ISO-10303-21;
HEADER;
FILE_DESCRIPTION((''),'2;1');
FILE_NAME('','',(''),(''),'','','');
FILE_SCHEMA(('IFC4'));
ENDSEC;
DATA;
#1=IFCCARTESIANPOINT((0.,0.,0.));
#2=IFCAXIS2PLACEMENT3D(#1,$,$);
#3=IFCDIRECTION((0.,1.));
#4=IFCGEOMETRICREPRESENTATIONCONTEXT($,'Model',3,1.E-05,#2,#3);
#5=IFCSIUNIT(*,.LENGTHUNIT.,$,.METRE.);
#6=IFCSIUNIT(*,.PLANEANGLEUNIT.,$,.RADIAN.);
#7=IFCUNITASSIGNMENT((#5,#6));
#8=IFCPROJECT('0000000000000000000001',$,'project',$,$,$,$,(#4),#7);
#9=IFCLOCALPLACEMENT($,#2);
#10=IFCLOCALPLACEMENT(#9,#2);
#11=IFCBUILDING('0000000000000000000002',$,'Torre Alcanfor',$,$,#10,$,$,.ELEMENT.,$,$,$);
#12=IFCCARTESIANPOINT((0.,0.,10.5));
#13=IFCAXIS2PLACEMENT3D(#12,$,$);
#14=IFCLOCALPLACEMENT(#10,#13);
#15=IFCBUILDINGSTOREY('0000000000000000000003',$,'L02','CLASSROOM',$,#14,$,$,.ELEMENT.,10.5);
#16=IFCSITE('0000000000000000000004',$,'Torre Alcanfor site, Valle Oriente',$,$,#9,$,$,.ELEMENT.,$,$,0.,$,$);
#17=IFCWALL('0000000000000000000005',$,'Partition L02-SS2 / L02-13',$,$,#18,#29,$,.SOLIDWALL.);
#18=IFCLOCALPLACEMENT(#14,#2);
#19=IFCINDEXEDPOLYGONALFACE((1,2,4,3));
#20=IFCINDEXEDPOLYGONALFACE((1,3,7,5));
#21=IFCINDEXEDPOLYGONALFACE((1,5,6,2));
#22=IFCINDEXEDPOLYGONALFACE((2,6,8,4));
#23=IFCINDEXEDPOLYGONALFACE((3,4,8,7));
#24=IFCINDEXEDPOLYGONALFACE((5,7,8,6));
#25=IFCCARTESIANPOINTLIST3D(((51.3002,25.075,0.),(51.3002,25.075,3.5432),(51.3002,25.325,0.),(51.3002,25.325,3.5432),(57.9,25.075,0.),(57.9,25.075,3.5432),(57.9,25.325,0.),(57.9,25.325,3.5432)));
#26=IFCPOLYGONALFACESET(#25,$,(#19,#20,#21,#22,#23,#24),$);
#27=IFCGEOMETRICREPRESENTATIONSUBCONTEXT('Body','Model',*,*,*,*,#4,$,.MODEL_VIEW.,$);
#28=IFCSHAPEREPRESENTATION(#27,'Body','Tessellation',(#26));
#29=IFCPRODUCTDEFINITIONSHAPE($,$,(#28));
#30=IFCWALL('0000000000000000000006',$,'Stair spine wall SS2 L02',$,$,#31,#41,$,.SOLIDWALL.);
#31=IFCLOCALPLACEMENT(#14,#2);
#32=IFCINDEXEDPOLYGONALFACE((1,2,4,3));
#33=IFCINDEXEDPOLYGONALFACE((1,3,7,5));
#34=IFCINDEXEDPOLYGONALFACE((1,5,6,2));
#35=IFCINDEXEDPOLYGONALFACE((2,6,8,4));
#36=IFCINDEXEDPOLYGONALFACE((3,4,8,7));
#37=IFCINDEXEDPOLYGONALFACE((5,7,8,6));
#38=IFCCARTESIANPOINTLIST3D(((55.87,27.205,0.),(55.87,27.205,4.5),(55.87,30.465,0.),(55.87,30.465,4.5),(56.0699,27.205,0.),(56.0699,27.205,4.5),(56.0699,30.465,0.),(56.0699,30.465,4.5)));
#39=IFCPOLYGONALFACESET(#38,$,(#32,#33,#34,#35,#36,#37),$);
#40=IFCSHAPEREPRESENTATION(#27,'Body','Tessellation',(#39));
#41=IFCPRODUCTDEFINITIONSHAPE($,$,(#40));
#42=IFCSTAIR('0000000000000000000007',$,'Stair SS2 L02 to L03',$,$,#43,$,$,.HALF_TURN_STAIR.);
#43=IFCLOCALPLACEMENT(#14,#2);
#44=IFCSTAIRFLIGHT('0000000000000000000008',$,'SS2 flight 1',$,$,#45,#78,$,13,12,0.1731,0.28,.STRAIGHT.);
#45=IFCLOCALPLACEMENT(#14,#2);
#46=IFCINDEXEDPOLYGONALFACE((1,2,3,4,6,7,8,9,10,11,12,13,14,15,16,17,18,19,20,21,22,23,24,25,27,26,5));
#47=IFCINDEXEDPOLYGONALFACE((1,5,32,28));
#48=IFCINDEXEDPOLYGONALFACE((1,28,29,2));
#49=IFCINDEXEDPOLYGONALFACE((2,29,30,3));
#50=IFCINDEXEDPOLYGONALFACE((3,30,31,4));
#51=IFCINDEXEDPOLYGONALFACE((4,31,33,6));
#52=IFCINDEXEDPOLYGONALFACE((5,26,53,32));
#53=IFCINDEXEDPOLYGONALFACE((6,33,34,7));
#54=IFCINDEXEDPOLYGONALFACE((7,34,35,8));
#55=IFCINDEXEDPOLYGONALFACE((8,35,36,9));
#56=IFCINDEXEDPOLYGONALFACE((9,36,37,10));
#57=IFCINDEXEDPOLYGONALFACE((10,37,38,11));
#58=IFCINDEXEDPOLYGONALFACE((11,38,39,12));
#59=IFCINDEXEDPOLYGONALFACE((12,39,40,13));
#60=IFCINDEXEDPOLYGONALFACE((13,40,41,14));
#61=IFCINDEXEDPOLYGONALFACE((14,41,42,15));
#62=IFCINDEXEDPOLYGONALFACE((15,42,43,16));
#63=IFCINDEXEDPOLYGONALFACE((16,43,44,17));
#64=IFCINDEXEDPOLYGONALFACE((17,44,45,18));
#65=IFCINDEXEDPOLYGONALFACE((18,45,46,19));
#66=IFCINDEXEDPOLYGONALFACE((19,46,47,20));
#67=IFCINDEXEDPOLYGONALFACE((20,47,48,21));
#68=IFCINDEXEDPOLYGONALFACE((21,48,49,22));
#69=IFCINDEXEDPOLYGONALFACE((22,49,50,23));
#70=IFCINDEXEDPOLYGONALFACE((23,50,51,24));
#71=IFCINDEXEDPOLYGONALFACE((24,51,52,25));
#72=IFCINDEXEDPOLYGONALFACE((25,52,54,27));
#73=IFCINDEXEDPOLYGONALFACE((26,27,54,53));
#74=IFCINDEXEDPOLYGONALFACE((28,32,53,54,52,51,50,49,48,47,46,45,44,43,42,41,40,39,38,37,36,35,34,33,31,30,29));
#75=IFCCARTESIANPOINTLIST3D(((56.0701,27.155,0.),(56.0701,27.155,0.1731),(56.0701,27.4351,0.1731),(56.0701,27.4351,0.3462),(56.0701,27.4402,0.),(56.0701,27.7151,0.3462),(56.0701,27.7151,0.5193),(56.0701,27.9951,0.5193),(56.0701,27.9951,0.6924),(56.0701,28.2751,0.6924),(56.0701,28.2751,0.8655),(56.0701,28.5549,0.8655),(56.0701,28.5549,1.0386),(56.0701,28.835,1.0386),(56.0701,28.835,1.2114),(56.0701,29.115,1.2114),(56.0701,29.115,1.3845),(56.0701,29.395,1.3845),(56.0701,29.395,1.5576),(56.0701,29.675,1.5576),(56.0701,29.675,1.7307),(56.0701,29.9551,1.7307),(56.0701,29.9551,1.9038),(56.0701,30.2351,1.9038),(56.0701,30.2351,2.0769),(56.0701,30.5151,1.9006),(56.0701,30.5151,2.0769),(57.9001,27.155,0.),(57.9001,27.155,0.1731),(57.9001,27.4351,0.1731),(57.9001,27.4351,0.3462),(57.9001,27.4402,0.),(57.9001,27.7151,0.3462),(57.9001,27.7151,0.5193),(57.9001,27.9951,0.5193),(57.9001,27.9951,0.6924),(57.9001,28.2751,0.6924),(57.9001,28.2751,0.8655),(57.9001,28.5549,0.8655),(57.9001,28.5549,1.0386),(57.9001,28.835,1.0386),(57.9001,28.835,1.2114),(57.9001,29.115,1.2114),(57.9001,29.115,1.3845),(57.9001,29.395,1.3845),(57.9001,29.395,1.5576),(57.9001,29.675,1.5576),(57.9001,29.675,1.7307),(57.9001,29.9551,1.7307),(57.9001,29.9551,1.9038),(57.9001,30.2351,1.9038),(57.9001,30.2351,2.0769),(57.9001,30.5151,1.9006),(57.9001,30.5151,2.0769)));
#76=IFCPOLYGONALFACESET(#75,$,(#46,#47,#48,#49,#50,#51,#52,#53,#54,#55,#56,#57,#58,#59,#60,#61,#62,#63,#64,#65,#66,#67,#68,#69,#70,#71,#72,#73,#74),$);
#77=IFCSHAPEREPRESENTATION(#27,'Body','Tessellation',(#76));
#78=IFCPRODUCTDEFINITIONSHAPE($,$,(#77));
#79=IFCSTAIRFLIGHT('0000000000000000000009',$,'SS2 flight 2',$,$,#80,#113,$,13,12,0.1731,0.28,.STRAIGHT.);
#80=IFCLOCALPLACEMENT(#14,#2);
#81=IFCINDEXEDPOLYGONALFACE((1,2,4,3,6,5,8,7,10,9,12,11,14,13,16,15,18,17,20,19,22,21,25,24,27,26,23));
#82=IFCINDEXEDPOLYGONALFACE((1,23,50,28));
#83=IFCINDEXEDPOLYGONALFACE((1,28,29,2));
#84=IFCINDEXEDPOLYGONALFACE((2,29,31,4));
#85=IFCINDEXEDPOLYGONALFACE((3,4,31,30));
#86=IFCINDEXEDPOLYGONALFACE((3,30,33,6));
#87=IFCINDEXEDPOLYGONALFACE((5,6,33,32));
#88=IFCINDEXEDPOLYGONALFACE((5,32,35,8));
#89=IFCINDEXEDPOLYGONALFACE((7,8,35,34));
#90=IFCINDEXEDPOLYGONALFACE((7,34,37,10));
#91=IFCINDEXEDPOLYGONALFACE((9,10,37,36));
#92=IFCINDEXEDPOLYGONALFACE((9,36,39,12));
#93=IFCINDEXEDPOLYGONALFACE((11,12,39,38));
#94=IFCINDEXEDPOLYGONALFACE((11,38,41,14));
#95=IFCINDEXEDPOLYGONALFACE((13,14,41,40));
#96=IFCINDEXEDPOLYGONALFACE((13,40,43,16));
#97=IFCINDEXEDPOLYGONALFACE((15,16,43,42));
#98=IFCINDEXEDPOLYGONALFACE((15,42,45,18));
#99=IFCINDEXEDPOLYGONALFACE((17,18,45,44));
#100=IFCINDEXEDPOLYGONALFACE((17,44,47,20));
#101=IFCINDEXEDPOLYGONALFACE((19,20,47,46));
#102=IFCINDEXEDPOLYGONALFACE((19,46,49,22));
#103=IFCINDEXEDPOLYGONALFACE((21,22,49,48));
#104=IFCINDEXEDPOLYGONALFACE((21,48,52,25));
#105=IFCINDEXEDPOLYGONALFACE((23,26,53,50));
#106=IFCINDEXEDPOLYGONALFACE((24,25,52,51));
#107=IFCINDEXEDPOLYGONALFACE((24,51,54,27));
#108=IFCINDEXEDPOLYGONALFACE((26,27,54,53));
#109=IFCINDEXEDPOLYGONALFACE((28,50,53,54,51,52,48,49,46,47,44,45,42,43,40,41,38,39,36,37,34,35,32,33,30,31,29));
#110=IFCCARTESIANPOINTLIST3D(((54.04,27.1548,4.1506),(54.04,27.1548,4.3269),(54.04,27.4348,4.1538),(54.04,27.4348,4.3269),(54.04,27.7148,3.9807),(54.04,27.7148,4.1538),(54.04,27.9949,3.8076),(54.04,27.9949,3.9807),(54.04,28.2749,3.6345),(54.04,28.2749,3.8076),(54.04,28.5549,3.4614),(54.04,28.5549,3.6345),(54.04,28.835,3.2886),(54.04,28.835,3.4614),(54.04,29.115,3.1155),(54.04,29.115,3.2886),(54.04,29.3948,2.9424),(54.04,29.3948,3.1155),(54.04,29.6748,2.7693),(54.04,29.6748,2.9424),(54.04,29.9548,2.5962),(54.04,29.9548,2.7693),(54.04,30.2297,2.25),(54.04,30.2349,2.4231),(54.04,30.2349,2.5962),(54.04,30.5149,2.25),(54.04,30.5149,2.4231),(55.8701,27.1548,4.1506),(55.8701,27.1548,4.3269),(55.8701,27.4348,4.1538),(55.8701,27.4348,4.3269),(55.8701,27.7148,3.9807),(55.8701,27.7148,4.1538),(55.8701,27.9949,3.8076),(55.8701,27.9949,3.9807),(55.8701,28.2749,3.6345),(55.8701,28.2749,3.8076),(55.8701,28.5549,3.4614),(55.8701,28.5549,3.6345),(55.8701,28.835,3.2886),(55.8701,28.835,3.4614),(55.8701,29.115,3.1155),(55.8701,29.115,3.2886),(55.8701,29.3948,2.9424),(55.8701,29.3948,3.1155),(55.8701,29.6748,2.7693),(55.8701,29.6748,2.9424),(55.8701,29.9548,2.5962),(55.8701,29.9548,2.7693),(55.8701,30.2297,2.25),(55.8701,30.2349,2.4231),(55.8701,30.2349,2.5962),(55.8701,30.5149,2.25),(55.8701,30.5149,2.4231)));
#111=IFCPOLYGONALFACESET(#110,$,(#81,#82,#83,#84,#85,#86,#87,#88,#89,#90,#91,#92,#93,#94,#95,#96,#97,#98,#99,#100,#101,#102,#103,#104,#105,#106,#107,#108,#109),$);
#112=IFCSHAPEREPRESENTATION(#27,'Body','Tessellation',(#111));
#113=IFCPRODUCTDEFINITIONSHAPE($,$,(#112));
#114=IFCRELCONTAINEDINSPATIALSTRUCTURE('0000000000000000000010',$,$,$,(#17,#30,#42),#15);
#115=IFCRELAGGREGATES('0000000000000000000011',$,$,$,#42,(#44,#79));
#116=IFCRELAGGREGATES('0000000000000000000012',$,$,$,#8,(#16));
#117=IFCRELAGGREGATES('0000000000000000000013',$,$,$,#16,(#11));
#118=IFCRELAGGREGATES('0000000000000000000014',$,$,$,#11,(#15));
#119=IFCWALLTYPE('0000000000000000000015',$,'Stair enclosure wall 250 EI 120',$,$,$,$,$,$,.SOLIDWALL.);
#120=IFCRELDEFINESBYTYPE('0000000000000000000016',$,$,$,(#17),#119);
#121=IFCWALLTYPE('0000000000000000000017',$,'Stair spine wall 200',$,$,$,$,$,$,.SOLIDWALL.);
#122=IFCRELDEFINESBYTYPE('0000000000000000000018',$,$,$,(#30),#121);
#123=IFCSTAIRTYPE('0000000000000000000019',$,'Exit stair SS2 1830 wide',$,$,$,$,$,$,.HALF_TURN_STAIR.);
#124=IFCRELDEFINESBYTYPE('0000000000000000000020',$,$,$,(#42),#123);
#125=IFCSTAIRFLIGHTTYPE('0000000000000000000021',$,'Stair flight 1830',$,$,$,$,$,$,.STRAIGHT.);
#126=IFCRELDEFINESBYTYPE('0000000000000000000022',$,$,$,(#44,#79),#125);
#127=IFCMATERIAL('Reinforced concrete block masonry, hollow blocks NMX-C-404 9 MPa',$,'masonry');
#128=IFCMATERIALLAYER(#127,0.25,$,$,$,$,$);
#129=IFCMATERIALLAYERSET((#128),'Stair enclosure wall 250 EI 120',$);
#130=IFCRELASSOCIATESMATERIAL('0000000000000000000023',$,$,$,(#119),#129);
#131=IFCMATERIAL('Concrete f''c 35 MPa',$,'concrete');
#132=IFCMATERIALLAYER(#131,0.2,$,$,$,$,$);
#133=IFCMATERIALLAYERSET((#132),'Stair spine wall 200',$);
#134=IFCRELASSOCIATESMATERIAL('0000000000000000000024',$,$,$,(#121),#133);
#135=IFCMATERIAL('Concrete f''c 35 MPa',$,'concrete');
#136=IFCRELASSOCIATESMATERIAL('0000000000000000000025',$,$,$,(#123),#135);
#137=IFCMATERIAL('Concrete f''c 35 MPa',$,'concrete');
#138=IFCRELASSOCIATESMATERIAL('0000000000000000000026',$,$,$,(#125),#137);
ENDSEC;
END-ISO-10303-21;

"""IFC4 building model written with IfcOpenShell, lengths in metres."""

from ifc_helpers import new_model, si_unit, direction, frame, frame_2d, origin, place, context, subcontext, project, spatial, polyline, rectangle, outline, extrude, material, layer, layer_set, type_object, element, aggregate, save


model = new_model("IFC4")

# Units and contexts
model_context = context("Model", 3, precision=1e-05, world=origin(), true_north=direction((0.0, 1.0)))
body_context = subcontext(model_context, "Body", "Model", "MODEL_VIEW")
ifc_project = project(units=[si_unit("LENGTHUNIT", "METRE"), si_unit("PLANEANGLEUNIT", "RADIAN")], contexts=[model_context])

# Site, building, storey
site_placement = place(None, origin())
site = spatial("IfcSite", under=ifc_project, at=site_placement, Name="Torre Alcanfor site, Valle Oriente", CompositionType="ELEMENT", RefElevation=0.0)
building_placement = place(site_placement, origin())
building = spatial("IfcBuilding", under=site, at=building_placement, Name="Torre Alcanfor", CompositionType="ELEMENT")
storey_placement = place(building_placement, frame((0.0, 0.0, 10.5)))
storey = spatial("IfcBuildingStorey", under=building, at=storey_placement, Name="L02", Description="CLASSROOM", CompositionType="ELEMENT", Elevation=10.5)

# Walls
ifc_material_1 = material(Name="Reinforced concrete block masonry, hollow blocks NMX-C-404 9 MPa", Category="masonry")
ifc_layer_1 = layer(ifc_material_1, 0.25)
ifc_layer_set_1 = layer_set([ifc_layer_1], Name="Stair enclosure wall 250 EI 120")
wall_type_1 = type_object("IfcWallType", Name="Stair enclosure wall 250 EI 120", PredefinedType="SOLIDWALL", material=ifc_layer_set_1)
wall_1_placement = place(storey_placement, frame((57.8999, 25.2, 0.0), z_axis=(0.0, 0.0, 1.0), x_axis=(-1.0, 0.0, 0.0)))
element("IfcWall", 1, at=wall_1_placement, inside=storey, type_object=wall_type_1, Name="Partition L02-SS2 / L02-13", PredefinedType="SOLIDWALL", context=body_context, shape_type="SweptSolid", body=[
    extrude(rectangle(XDim=6.5999, YDim=0.25, at=frame_2d((3.2998, 0.0))), origin(), (0.0, 0.0, 1.0), 3.5432),
])
ifc_material_2 = material(Name="Concrete f'c 35 MPa", Category="concrete")
ifc_layer_2 = layer(ifc_material_2, 0.2)
ifc_layer_set_2 = layer_set([ifc_layer_2], Name="Stair spine wall 200")
wall_type_2 = type_object("IfcWallType", Name="Stair spine wall 200", PredefinedType="SOLIDWALL", material=ifc_layer_set_2)
wall_2_placement = place(storey_placement, frame((55.97, 27.2051, 0.0), z_axis=(0.0, 0.0, 1.0), x_axis=(0.0, 1.0, 0.0)))
element("IfcWall", 2, at=wall_2_placement, inside=storey, type_object=wall_type_2, Name="Stair spine wall SS2 L02", PredefinedType="SOLIDWALL", context=body_context, shape_type="SweptSolid", body=[
    extrude(rectangle(XDim=3.26, YDim=0.2, at=frame_2d((1.6299, 0.0))), origin(), (0.0, 0.0, 1.0), 4.5),
])

# Stair, stair flights
ifc_material_3 = material(Name="Concrete f'c 35 MPa", Category="concrete")
stair_type = type_object("IfcStairType", Name="Exit stair SS2 1830 wide", PredefinedType="HALF_TURN_STAIR", material=ifc_material_3)
stair_placement = place(storey_placement, origin())
stair = element("IfcStair", 3, at=stair_placement, inside=storey, type_object=stair_type, Name="Stair SS2 L02 to L03", PredefinedType="HALF_TURN_STAIR")
ifc_material_4 = material(Name="Concrete f'c 35 MPa", Category="concrete")
stair_flight_type = type_object("IfcStairFlightType", Name="Stair flight 1830", PredefinedType="STRAIGHT", material=ifc_material_4)
stair_flight_1_placement = place(storey_placement, frame((56.9851, 27.155, 0.0), z_axis=(0.0, 0.0, 1.0), x_axis=(0.0, 1.0, 0.0)))
stair_flight_1 = element("IfcStairFlight", 4, at=stair_flight_1_placement, type_object=stair_flight_type, Name="SS2 flight 1", NumberOfRisers=13, NumberOfTreads=12, PredefinedType="STRAIGHT", RiserHeight=0.1731, TreadLength=0.28, context=body_context, shape_type="SweptSolid", body=[
    extrude(outline(polyline([(0.0, 0.0), (0.0, 0.1731), (0.28, 0.1731), (0.28, 0.3462), (0.5601, 0.3462), (0.5601, 0.5193), (0.8401, 0.5193), (0.8401, 0.6924), (1.1201, 0.6924), (1.1201, 0.8655), (1.3999, 0.8655), (1.3999, 1.0386), (1.6799, 1.0386), (1.6799, 1.2114), (1.96, 1.2114), (1.96, 1.3845), (2.24, 1.3845), (2.24, 1.5576), (2.52, 1.5576), (2.52, 1.7307), (2.8, 1.7307), (2.8, 1.9038), (3.0801, 1.9038), (3.0801, 2.0769), (3.3601, 2.0769), (3.3601, 2.25), (3.3601, 1.9006), (0.2852, 0.0), (0.0, 0.0)])), frame((0.0, 0.915, 0.0), z_axis=(0.0, -1.0, 0.0), x_axis=(1.0, 0.0, 0.0)), (0.0, 0.0, 1.0), 1.8301),
])
stair_flight_2_placement = place(storey_placement, frame((54.9551, 30.5149, 2.25), z_axis=(0.0, 0.0, 1.0), x_axis=(0.0, -1.0, 0.0)))
stair_flight_2 = element("IfcStairFlight", 5, at=stair_flight_2_placement, type_object=stair_flight_type, Name="SS2 flight 2", NumberOfRisers=13, NumberOfTreads=12, PredefinedType="STRAIGHT", RiserHeight=0.1731, TreadLength=0.28, context=body_context, shape_type="SweptSolid", body=[
    extrude(outline(polyline([(0.0, 0.0), (0.0, 0.1731), (0.28, 0.1731), (0.28, 0.3462), (0.5601, 0.3462), (0.5601, 0.5193), (0.8401, 0.5193), (0.8401, 0.6924), (1.1201, 0.6924), (1.1201, 0.8655), (1.3999, 0.8655), (1.3999, 1.0386), (1.6799, 1.0386), (1.6799, 1.2114), (1.96, 1.2114), (1.96, 1.3845), (2.24, 1.3845), (2.24, 1.5576), (2.52, 1.5576), (2.52, 1.7307), (2.8, 1.7307), (2.8, 1.9038), (3.0801, 1.9038), (3.0801, 2.0769), (3.3601, 2.0769), (3.3601, 2.25), (3.3601, 1.9006), (0.2852, 0.0), (0.0, 0.0)])), frame((0.0, 0.915, 0.0), z_axis=(0.0, -1.0, 0.0), x_axis=(1.0, 0.0, 0.0)), (0.0, 0.0, 1.0), 1.8301),
])
aggregate(stair, [stair_flight_1, stair_flight_2])

save(model, "model.ifc")
